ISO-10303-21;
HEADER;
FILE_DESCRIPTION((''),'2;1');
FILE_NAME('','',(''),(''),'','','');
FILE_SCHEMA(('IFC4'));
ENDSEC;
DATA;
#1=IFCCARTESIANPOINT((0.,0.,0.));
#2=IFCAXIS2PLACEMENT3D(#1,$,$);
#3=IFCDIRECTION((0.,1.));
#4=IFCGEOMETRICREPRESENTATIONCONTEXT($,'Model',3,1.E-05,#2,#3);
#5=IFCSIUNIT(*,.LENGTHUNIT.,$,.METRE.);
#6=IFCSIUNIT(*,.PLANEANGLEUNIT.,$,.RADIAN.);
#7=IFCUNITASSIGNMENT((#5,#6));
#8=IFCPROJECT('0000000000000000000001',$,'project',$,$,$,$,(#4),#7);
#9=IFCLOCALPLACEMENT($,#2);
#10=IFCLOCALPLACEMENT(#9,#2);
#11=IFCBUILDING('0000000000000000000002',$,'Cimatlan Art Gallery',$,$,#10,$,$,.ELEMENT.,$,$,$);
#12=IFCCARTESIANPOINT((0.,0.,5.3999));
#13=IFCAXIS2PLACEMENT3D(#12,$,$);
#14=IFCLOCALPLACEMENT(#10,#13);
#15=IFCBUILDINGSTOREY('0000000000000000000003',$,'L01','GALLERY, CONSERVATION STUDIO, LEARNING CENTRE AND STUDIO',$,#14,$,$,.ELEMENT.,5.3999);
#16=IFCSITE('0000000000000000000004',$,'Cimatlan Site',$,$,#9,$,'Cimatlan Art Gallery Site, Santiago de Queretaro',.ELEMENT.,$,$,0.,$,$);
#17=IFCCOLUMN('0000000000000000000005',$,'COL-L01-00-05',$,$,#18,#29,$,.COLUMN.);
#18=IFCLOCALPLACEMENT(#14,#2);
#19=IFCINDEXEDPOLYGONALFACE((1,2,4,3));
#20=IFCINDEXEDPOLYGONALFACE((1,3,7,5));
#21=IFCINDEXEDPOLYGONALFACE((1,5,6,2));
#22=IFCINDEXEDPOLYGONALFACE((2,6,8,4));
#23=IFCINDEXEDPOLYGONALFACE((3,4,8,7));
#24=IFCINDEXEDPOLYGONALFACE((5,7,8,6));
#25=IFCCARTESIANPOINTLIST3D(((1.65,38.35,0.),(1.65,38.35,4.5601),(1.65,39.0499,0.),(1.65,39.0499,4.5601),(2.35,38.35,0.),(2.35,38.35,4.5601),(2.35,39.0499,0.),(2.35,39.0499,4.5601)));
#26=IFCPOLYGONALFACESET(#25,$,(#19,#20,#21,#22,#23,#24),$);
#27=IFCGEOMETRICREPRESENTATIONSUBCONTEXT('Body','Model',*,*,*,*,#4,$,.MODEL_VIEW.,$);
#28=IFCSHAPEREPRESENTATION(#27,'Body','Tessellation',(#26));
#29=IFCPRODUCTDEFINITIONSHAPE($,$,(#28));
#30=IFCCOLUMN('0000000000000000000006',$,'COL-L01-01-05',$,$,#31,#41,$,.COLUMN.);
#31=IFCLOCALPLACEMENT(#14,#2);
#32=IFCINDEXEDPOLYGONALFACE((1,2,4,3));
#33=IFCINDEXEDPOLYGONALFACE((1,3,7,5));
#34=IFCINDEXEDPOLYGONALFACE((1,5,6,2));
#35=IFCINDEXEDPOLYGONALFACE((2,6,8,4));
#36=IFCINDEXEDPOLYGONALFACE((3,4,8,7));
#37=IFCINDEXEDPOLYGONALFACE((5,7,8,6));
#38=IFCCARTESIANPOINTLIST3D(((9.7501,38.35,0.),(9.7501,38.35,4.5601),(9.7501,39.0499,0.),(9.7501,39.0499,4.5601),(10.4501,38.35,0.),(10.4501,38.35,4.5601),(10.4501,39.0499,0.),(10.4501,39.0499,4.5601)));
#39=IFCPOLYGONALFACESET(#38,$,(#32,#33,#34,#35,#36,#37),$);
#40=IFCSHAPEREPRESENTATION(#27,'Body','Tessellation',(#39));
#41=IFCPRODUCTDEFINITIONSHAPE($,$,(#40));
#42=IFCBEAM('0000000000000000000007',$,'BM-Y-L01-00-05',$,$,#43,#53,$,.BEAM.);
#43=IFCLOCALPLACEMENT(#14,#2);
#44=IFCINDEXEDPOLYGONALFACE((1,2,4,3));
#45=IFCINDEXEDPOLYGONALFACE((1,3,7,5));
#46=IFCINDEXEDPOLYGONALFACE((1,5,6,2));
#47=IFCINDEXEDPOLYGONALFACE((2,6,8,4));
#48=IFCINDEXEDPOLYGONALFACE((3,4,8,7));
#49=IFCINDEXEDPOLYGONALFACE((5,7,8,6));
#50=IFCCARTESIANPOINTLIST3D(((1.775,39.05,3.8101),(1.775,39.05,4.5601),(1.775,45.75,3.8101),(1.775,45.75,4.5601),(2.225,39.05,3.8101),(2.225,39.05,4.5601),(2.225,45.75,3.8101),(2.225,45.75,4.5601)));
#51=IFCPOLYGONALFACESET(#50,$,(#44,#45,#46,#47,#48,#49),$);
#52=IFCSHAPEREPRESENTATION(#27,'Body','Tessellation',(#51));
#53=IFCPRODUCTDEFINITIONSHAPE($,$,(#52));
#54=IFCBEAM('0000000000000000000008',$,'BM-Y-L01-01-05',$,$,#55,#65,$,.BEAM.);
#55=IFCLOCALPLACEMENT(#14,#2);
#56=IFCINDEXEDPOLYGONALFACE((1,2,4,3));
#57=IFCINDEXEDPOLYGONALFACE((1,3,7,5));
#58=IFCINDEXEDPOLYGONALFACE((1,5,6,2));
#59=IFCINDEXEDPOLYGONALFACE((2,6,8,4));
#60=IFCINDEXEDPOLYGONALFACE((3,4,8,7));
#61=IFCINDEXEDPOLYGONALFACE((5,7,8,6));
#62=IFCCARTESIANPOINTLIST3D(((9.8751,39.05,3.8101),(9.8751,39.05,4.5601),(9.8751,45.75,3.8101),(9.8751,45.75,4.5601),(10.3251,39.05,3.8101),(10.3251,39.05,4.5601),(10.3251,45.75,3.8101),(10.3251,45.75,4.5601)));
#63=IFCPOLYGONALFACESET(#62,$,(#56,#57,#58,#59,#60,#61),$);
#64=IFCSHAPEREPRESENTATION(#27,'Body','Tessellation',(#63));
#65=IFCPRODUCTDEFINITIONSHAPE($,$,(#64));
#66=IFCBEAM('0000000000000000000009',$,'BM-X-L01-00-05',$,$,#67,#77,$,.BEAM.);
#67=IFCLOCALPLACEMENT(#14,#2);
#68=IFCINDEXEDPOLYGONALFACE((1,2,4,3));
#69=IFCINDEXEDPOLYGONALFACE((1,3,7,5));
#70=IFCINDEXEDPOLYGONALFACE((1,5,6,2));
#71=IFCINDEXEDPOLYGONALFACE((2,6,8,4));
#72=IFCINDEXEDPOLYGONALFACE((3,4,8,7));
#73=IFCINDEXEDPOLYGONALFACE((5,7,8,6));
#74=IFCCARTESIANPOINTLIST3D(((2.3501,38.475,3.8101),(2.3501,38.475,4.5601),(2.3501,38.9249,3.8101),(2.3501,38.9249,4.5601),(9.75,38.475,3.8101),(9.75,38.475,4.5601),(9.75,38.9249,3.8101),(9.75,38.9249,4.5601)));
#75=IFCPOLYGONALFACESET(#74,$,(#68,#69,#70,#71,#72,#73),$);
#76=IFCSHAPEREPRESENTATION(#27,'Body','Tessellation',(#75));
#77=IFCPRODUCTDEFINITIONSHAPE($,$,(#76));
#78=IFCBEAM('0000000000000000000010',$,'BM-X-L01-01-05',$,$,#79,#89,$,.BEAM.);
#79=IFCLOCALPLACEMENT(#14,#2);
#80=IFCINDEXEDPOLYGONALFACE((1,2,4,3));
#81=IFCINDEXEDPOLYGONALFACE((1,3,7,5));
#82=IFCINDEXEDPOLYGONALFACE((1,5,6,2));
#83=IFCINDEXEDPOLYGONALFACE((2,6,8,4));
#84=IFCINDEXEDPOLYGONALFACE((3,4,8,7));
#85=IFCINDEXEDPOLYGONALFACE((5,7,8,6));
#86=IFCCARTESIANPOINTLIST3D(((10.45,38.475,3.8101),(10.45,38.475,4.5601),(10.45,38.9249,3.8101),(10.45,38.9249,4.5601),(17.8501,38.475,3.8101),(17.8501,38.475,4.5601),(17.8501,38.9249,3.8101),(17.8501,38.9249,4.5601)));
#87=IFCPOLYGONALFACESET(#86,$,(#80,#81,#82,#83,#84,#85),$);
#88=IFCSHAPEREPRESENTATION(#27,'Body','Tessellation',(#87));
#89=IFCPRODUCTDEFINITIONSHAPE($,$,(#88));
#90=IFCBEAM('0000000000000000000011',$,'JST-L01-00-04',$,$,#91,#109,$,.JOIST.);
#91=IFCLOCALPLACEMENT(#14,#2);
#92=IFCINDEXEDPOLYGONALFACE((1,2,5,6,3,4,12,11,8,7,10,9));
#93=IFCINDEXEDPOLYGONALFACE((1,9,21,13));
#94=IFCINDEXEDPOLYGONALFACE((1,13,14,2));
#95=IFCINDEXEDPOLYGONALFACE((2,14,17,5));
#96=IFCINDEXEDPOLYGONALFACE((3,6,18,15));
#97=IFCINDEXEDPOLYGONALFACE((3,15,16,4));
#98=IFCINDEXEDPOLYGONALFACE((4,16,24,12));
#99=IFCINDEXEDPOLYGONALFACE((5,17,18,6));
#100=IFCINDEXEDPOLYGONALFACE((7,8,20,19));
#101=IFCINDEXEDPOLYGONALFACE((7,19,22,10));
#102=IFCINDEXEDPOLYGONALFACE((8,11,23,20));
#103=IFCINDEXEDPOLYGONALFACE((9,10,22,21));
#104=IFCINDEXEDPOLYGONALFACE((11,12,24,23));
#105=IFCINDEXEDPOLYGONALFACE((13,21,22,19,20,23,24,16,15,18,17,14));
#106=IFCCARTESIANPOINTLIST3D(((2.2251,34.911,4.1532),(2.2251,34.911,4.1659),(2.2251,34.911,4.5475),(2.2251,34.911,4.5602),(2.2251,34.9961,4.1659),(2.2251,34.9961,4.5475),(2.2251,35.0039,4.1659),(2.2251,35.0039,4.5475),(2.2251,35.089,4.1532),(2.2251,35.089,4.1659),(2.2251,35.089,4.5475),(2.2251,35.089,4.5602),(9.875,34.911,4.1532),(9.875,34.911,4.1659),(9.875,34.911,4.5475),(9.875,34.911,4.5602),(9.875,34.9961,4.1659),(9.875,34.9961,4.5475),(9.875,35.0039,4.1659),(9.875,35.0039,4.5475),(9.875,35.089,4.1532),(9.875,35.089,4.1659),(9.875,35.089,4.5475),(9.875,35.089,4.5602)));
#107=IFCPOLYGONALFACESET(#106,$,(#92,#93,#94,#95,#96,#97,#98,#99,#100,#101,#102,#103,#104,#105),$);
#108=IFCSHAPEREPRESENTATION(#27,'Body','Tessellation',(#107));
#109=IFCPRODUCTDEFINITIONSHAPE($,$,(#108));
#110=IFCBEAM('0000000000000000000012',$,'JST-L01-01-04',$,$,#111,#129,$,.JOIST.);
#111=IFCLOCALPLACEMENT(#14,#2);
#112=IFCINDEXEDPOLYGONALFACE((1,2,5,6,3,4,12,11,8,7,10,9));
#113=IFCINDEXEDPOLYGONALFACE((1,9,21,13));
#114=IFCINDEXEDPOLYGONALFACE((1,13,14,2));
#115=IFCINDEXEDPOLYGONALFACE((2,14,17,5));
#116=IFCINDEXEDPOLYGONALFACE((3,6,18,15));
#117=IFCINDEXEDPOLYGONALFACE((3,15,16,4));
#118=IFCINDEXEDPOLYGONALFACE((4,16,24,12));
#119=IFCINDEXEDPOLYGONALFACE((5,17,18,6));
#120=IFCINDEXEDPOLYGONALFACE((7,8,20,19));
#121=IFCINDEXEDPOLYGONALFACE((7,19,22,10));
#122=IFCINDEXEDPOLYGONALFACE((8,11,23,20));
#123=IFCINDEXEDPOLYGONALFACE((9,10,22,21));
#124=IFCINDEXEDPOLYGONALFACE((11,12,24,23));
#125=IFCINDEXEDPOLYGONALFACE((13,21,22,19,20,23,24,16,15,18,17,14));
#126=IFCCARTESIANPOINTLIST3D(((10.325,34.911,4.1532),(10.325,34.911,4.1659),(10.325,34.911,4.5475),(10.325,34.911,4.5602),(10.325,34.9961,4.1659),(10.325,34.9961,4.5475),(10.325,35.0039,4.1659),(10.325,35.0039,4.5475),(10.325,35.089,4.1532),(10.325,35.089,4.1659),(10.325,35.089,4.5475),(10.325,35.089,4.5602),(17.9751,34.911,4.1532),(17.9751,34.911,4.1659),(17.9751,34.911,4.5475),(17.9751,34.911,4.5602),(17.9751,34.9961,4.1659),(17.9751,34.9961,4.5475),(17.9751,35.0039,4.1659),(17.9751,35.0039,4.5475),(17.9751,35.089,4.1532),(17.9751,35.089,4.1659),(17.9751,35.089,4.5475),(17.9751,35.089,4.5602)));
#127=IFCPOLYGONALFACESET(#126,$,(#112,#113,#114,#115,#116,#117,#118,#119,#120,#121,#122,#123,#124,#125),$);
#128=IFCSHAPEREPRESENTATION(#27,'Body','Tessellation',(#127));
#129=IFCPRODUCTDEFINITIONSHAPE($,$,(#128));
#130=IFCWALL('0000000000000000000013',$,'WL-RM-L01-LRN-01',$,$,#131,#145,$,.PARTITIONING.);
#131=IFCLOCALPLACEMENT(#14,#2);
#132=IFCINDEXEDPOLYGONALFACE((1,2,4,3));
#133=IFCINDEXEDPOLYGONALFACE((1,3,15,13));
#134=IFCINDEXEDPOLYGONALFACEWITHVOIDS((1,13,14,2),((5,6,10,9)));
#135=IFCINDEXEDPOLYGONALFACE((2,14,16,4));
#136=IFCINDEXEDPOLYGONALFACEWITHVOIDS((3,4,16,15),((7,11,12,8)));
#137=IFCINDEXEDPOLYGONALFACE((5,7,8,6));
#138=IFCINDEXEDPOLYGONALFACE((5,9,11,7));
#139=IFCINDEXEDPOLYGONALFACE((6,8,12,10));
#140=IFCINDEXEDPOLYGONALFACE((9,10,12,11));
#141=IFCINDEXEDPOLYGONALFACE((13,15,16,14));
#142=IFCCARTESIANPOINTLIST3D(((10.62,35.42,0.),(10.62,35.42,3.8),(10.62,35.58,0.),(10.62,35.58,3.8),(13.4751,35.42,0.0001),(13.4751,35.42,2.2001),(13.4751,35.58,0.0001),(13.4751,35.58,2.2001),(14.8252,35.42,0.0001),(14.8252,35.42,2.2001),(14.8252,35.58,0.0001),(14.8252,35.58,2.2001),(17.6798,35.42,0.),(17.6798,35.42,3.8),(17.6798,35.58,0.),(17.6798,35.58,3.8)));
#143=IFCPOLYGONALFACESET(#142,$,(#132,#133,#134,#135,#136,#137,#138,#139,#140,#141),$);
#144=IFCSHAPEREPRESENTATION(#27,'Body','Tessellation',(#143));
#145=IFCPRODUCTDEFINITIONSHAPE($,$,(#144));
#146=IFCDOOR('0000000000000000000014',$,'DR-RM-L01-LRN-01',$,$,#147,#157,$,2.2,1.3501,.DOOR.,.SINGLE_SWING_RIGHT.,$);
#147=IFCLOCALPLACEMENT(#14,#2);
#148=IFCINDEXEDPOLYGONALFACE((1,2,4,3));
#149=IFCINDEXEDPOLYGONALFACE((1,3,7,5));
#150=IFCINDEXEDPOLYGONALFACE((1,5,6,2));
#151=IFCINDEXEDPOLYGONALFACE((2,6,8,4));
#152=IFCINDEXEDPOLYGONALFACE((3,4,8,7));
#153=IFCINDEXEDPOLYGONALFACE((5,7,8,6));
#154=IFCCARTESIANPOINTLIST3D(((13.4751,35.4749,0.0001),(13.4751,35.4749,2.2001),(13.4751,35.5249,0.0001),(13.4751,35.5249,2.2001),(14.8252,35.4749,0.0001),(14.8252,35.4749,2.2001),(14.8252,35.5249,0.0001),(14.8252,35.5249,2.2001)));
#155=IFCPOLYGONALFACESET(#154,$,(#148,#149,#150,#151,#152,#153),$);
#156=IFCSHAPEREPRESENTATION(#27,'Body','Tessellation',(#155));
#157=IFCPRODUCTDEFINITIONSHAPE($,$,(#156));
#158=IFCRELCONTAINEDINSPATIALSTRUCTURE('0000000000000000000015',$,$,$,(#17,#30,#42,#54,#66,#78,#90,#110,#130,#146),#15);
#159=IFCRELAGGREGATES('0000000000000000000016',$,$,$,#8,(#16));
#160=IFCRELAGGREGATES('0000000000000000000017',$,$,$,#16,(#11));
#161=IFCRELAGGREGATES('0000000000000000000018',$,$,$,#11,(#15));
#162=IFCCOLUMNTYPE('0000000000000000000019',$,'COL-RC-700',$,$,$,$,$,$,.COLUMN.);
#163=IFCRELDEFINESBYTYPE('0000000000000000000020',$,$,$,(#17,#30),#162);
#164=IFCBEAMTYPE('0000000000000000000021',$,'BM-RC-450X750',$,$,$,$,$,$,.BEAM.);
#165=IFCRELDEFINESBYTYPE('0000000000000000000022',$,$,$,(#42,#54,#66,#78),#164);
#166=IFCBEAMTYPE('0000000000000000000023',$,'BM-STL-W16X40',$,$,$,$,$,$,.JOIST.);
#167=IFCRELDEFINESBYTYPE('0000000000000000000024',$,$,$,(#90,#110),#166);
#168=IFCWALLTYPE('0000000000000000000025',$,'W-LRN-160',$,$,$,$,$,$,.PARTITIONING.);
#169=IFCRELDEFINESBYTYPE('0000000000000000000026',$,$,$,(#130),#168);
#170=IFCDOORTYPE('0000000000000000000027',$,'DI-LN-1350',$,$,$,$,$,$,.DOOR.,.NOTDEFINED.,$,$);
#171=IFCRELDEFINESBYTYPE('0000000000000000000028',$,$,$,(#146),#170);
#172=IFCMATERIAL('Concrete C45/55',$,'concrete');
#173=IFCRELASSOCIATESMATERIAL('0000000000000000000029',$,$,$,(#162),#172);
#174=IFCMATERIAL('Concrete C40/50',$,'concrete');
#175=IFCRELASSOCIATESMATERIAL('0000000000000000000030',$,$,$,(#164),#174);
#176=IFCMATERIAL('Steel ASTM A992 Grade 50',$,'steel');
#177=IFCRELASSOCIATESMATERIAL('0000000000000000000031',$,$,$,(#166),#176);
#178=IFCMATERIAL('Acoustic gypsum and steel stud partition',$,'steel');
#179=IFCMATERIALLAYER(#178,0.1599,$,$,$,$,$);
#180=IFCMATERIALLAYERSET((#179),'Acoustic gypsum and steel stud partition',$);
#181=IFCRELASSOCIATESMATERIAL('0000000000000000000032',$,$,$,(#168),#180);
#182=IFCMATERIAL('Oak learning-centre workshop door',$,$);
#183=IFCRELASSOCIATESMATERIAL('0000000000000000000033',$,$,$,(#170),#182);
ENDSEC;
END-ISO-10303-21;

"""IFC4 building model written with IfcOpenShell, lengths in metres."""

from ifc_helpers import new_model, si_unit, direction, frame, frame_2d, origin, origin_2d, place, context, subcontext, project, spatial, rectangle, i_section, extrude, material, layer, layer_set, material_profile, profile_set, type_object, element, fill, save


model = new_model("IFC4")

# Units and contexts
model_context = context("Model", 3, precision=1e-05, world=origin(), true_north=direction((0.0, 1.0)))
body_context = subcontext(model_context, "Body", "Model", "MODEL_VIEW")
ifc_project = project(units=[si_unit("LENGTHUNIT", "METRE"), si_unit("PLANEANGLEUNIT", "RADIAN")], contexts=[model_context])

# Site, building, storey
site_placement = place(None, origin())
site = spatial("IfcSite", under=ifc_project, at=site_placement, Name="Cimatlan Site", LongName="Cimatlan Art Gallery Site, Santiago de Queretaro", CompositionType="ELEMENT", RefElevation=0.0)
building_placement = place(site_placement, origin())
building = spatial("IfcBuilding", under=site, at=building_placement, Name="Cimatlan Art Gallery", CompositionType="ELEMENT")
storey_placement = place(building_placement, frame((0.0, 0.0, 5.3999)))
storey = spatial("IfcBuildingStorey", under=building, at=storey_placement, Name="L01", Description="GALLERY, CONSERVATION STUDIO, LEARNING CENTRE AND STUDIO", CompositionType="ELEMENT", Elevation=5.3999)

# Columns
ifc_material_1 = material(Name="Concrete C45/55", Category="concrete")
ifc_material_profile_1 = material_profile(ifc_material_1, rectangle(XDim=0.7, YDim=0.7, at=origin_2d()), Name="RC700X700")
ifc_profile_set_1 = profile_set([ifc_material_profile_1], Name="Concrete C45/55")
column_type = type_object("IfcColumnType", Name="COL-RC-700", PredefinedType="COLUMN", material=ifc_profile_set_1)
for number, where, z_axis, x_axis, name in (
    (1, (2.0, 38.7, 0.0), (0.0, 0.0, 1.0), (1.0, 0.0, 0.0), "COL-L01-00-05"),
    (2, (10.1001, 38.7, 0.0), (0.0, 0.0, 1.0), (1.0, 0.0, 0.0), "COL-L01-01-05"),
):
    element("IfcColumn", number, at=place(storey_placement, frame(where, z_axis=z_axis, x_axis=x_axis)), inside=storey, type_object=column_type, Name=name, PredefinedType="COLUMN", context=body_context, shape_type="SweptSolid", body=[
        extrude(rectangle(XDim=0.7, YDim=0.7, at=origin_2d()), origin(), (0.0, 0.0, 1.0), 4.5601),
    ])

# Beams
ifc_material_2 = material(Name="Concrete C40/50", Category="concrete")
ifc_material_profile_2 = material_profile(ifc_material_2, rectangle(XDim=0.45, YDim=0.75, at=origin_2d()), Name="RC450X750")
ifc_profile_set_2 = profile_set([ifc_material_profile_2], Name="Concrete C40/50")
beam_type_1 = type_object("IfcBeamType", Name="BM-RC-450X750", PredefinedType="BEAM", material=ifc_profile_set_2)
for number, where, z_axis, x_axis, name in (
    (3, (2.0, 39.05, 4.1851), (0.0, 1.0, 0.0), (-1.0, 0.0, 0.0), "BM-Y-L01-00-05"),
    (4, (10.1001, 39.05, 4.1851), (0.0, 1.0, 0.0), (-1.0, 0.0, 0.0), "BM-Y-L01-01-05"),
):
    element("IfcBeam", number, at=place(storey_placement, frame(where, z_axis=z_axis, x_axis=x_axis)), inside=storey, type_object=beam_type_1, Name=name, PredefinedType="BEAM", context=body_context, shape_type="SweptSolid", body=[
        extrude(rectangle(XDim=0.45, YDim=0.75, at=origin_2d()), origin(), (0.0, 0.0, 1.0), 6.7),
    ])
beam_1_placement = place(storey_placement, frame((2.3501, 38.7, 4.1851), z_axis=(1.0, 0.0, 0.0), x_axis=(0.0, 1.0, 0.0)))
element("IfcBeam", 5, at=beam_1_placement, inside=storey, type_object=beam_type_1, Name="BM-X-L01-00-05", PredefinedType="BEAM", context=body_context, shape_type="SweptSolid", body=[
    extrude(rectangle(XDim=0.45, YDim=0.75, at=origin_2d()), origin(), (0.0, 0.0, 1.0), 7.3999),
])
beam_2_placement = place(storey_placement, frame((10.45, 38.7, 4.1851), z_axis=(1.0, 0.0, 0.0), x_axis=(0.0, 1.0, 0.0)))
element("IfcBeam", 6, at=beam_2_placement, inside=storey, type_object=beam_type_1, Name="BM-X-L01-01-05", PredefinedType="BEAM", context=body_context, shape_type="SweptSolid", body=[
    extrude(rectangle(XDim=0.45, YDim=0.75, at=origin_2d()), origin(), (0.0, 0.0, 1.0), 7.4001),
])
ifc_material_3 = material(Name="Steel ASTM A992 Grade 50", Category="steel")
ifc_material_profile_3 = material_profile(ifc_material_3, i_section(OverallWidth=0.178, OverallDepth=0.407, WebThickness=0.0078, FlangeThickness=0.0127, at=origin_2d()), Name="W16X40")
ifc_profile_set_3 = profile_set([ifc_material_profile_3], Name="Steel ASTM A992 Grade 50")
beam_type_2 = type_object("IfcBeamType", Name="BM-STL-W16X40", PredefinedType="JOIST", material=ifc_profile_set_3)
beam_3_placement = place(storey_placement, frame((2.2251, 35.0, 4.3567), z_axis=(1.0, 0.0, 0.0), x_axis=(0.0, 1.0, 0.0)))
element("IfcBeam", 7, at=beam_3_placement, inside=storey, type_object=beam_type_2, Name="JST-L01-00-04", PredefinedType="JOIST", context=body_context, shape_type="SweptSolid", body=[
    extrude(i_section(OverallWidth=0.178, OverallDepth=0.407, WebThickness=0.0078, FlangeThickness=0.0127, at=origin_2d()), origin(), (0.0, 0.0, 1.0), 7.6499),
])
beam_4_placement = place(storey_placement, frame((10.325, 35.0, 4.3567), z_axis=(1.0, 0.0, 0.0), x_axis=(0.0, 1.0, 0.0)))
element("IfcBeam", 8, at=beam_4_placement, inside=storey, type_object=beam_type_2, Name="JST-L01-01-04", PredefinedType="JOIST", context=body_context, shape_type="SweptSolid", body=[
    extrude(i_section(OverallWidth=0.178, OverallDepth=0.407, WebThickness=0.0078, FlangeThickness=0.0127, at=origin_2d()), origin(), (0.0, 0.0, 1.0), 7.6501),
])

# Wall, opening, door
ifc_material_4 = material(Name="Acoustic gypsum and steel stud partition", Category="steel")
ifc_layer_1 = layer(ifc_material_4, 0.1599)
ifc_layer_set_1 = layer_set([ifc_layer_1], Name="Acoustic gypsum and steel stud partition")
wall_type_1 = type_object("IfcWallType", Name="W-LRN-160", PredefinedType="PARTITIONING", material=ifc_layer_set_1)
wall_1_placement = place(storey_placement, frame((10.6201, 35.5, 0.0), z_axis=(0.0, 0.0, 1.0), x_axis=(1.0, 0.0, 0.0)))
wall_1 = element("IfcWall", 9, at=wall_1_placement, inside=storey, type_object=wall_type_1, Name="WL-RM-L01-LRN-01", PredefinedType="PARTITIONING", context=body_context, shape_type="SweptSolid", body=[
    extrude(rectangle(XDim=7.0598, YDim=0.1599, at=frame_2d((3.5298, 0.0))), origin(), (0.0, 0.0, 1.0), 3.8),
])
opening_1_placement = place(wall_1_placement, frame((2.855, 0.0, 0.0)))
opening_1 = element("IfcOpeningElement", 10, at=opening_1_placement, cuts=wall_1, PredefinedType="OPENING", context=body_context, shape_type="SweptSolid", body=[
    extrude(rectangle(XDim=1.3501, YDim=2.2, at=frame_2d((0.675, 1.1001))), frame((0.0, 0.0898, 0.0), z_axis=(0.0, -1.0, 0.0), x_axis=(1.0, 0.0, 0.0)), (0.0, 0.0, 1.0), 0.1799),
])
ifc_material_5 = material(Name="Oak learning-centre workshop door")
door_type_1 = type_object("IfcDoorType", Name="DI-LN-1350", OperationType="NOTDEFINED", PredefinedType="DOOR", material=ifc_material_5)
door_1_placement = place(opening_1_placement, origin())
door_1 = element("IfcDoor", 11, at=door_1_placement, inside=storey, type_object=door_type_1, Name="DR-RM-L01-LRN-01", OperationType="SINGLE_SWING_RIGHT", OverallHeight=2.2, OverallWidth=1.3501, PredefinedType="DOOR", context=body_context, shape_type="SweptSolid", body=[
    extrude(rectangle(XDim=1.3501, YDim=2.2, at=frame_2d((0.675, 1.1001))), frame((0.0, 0.0249, 0.0), z_axis=(0.0, -1.0, 0.0), x_axis=(1.0, 0.0, 0.0)), (0.0, 0.0, 1.0), 0.05),
])
fill(opening_1, door_1)

save(model, "model.ifc")
